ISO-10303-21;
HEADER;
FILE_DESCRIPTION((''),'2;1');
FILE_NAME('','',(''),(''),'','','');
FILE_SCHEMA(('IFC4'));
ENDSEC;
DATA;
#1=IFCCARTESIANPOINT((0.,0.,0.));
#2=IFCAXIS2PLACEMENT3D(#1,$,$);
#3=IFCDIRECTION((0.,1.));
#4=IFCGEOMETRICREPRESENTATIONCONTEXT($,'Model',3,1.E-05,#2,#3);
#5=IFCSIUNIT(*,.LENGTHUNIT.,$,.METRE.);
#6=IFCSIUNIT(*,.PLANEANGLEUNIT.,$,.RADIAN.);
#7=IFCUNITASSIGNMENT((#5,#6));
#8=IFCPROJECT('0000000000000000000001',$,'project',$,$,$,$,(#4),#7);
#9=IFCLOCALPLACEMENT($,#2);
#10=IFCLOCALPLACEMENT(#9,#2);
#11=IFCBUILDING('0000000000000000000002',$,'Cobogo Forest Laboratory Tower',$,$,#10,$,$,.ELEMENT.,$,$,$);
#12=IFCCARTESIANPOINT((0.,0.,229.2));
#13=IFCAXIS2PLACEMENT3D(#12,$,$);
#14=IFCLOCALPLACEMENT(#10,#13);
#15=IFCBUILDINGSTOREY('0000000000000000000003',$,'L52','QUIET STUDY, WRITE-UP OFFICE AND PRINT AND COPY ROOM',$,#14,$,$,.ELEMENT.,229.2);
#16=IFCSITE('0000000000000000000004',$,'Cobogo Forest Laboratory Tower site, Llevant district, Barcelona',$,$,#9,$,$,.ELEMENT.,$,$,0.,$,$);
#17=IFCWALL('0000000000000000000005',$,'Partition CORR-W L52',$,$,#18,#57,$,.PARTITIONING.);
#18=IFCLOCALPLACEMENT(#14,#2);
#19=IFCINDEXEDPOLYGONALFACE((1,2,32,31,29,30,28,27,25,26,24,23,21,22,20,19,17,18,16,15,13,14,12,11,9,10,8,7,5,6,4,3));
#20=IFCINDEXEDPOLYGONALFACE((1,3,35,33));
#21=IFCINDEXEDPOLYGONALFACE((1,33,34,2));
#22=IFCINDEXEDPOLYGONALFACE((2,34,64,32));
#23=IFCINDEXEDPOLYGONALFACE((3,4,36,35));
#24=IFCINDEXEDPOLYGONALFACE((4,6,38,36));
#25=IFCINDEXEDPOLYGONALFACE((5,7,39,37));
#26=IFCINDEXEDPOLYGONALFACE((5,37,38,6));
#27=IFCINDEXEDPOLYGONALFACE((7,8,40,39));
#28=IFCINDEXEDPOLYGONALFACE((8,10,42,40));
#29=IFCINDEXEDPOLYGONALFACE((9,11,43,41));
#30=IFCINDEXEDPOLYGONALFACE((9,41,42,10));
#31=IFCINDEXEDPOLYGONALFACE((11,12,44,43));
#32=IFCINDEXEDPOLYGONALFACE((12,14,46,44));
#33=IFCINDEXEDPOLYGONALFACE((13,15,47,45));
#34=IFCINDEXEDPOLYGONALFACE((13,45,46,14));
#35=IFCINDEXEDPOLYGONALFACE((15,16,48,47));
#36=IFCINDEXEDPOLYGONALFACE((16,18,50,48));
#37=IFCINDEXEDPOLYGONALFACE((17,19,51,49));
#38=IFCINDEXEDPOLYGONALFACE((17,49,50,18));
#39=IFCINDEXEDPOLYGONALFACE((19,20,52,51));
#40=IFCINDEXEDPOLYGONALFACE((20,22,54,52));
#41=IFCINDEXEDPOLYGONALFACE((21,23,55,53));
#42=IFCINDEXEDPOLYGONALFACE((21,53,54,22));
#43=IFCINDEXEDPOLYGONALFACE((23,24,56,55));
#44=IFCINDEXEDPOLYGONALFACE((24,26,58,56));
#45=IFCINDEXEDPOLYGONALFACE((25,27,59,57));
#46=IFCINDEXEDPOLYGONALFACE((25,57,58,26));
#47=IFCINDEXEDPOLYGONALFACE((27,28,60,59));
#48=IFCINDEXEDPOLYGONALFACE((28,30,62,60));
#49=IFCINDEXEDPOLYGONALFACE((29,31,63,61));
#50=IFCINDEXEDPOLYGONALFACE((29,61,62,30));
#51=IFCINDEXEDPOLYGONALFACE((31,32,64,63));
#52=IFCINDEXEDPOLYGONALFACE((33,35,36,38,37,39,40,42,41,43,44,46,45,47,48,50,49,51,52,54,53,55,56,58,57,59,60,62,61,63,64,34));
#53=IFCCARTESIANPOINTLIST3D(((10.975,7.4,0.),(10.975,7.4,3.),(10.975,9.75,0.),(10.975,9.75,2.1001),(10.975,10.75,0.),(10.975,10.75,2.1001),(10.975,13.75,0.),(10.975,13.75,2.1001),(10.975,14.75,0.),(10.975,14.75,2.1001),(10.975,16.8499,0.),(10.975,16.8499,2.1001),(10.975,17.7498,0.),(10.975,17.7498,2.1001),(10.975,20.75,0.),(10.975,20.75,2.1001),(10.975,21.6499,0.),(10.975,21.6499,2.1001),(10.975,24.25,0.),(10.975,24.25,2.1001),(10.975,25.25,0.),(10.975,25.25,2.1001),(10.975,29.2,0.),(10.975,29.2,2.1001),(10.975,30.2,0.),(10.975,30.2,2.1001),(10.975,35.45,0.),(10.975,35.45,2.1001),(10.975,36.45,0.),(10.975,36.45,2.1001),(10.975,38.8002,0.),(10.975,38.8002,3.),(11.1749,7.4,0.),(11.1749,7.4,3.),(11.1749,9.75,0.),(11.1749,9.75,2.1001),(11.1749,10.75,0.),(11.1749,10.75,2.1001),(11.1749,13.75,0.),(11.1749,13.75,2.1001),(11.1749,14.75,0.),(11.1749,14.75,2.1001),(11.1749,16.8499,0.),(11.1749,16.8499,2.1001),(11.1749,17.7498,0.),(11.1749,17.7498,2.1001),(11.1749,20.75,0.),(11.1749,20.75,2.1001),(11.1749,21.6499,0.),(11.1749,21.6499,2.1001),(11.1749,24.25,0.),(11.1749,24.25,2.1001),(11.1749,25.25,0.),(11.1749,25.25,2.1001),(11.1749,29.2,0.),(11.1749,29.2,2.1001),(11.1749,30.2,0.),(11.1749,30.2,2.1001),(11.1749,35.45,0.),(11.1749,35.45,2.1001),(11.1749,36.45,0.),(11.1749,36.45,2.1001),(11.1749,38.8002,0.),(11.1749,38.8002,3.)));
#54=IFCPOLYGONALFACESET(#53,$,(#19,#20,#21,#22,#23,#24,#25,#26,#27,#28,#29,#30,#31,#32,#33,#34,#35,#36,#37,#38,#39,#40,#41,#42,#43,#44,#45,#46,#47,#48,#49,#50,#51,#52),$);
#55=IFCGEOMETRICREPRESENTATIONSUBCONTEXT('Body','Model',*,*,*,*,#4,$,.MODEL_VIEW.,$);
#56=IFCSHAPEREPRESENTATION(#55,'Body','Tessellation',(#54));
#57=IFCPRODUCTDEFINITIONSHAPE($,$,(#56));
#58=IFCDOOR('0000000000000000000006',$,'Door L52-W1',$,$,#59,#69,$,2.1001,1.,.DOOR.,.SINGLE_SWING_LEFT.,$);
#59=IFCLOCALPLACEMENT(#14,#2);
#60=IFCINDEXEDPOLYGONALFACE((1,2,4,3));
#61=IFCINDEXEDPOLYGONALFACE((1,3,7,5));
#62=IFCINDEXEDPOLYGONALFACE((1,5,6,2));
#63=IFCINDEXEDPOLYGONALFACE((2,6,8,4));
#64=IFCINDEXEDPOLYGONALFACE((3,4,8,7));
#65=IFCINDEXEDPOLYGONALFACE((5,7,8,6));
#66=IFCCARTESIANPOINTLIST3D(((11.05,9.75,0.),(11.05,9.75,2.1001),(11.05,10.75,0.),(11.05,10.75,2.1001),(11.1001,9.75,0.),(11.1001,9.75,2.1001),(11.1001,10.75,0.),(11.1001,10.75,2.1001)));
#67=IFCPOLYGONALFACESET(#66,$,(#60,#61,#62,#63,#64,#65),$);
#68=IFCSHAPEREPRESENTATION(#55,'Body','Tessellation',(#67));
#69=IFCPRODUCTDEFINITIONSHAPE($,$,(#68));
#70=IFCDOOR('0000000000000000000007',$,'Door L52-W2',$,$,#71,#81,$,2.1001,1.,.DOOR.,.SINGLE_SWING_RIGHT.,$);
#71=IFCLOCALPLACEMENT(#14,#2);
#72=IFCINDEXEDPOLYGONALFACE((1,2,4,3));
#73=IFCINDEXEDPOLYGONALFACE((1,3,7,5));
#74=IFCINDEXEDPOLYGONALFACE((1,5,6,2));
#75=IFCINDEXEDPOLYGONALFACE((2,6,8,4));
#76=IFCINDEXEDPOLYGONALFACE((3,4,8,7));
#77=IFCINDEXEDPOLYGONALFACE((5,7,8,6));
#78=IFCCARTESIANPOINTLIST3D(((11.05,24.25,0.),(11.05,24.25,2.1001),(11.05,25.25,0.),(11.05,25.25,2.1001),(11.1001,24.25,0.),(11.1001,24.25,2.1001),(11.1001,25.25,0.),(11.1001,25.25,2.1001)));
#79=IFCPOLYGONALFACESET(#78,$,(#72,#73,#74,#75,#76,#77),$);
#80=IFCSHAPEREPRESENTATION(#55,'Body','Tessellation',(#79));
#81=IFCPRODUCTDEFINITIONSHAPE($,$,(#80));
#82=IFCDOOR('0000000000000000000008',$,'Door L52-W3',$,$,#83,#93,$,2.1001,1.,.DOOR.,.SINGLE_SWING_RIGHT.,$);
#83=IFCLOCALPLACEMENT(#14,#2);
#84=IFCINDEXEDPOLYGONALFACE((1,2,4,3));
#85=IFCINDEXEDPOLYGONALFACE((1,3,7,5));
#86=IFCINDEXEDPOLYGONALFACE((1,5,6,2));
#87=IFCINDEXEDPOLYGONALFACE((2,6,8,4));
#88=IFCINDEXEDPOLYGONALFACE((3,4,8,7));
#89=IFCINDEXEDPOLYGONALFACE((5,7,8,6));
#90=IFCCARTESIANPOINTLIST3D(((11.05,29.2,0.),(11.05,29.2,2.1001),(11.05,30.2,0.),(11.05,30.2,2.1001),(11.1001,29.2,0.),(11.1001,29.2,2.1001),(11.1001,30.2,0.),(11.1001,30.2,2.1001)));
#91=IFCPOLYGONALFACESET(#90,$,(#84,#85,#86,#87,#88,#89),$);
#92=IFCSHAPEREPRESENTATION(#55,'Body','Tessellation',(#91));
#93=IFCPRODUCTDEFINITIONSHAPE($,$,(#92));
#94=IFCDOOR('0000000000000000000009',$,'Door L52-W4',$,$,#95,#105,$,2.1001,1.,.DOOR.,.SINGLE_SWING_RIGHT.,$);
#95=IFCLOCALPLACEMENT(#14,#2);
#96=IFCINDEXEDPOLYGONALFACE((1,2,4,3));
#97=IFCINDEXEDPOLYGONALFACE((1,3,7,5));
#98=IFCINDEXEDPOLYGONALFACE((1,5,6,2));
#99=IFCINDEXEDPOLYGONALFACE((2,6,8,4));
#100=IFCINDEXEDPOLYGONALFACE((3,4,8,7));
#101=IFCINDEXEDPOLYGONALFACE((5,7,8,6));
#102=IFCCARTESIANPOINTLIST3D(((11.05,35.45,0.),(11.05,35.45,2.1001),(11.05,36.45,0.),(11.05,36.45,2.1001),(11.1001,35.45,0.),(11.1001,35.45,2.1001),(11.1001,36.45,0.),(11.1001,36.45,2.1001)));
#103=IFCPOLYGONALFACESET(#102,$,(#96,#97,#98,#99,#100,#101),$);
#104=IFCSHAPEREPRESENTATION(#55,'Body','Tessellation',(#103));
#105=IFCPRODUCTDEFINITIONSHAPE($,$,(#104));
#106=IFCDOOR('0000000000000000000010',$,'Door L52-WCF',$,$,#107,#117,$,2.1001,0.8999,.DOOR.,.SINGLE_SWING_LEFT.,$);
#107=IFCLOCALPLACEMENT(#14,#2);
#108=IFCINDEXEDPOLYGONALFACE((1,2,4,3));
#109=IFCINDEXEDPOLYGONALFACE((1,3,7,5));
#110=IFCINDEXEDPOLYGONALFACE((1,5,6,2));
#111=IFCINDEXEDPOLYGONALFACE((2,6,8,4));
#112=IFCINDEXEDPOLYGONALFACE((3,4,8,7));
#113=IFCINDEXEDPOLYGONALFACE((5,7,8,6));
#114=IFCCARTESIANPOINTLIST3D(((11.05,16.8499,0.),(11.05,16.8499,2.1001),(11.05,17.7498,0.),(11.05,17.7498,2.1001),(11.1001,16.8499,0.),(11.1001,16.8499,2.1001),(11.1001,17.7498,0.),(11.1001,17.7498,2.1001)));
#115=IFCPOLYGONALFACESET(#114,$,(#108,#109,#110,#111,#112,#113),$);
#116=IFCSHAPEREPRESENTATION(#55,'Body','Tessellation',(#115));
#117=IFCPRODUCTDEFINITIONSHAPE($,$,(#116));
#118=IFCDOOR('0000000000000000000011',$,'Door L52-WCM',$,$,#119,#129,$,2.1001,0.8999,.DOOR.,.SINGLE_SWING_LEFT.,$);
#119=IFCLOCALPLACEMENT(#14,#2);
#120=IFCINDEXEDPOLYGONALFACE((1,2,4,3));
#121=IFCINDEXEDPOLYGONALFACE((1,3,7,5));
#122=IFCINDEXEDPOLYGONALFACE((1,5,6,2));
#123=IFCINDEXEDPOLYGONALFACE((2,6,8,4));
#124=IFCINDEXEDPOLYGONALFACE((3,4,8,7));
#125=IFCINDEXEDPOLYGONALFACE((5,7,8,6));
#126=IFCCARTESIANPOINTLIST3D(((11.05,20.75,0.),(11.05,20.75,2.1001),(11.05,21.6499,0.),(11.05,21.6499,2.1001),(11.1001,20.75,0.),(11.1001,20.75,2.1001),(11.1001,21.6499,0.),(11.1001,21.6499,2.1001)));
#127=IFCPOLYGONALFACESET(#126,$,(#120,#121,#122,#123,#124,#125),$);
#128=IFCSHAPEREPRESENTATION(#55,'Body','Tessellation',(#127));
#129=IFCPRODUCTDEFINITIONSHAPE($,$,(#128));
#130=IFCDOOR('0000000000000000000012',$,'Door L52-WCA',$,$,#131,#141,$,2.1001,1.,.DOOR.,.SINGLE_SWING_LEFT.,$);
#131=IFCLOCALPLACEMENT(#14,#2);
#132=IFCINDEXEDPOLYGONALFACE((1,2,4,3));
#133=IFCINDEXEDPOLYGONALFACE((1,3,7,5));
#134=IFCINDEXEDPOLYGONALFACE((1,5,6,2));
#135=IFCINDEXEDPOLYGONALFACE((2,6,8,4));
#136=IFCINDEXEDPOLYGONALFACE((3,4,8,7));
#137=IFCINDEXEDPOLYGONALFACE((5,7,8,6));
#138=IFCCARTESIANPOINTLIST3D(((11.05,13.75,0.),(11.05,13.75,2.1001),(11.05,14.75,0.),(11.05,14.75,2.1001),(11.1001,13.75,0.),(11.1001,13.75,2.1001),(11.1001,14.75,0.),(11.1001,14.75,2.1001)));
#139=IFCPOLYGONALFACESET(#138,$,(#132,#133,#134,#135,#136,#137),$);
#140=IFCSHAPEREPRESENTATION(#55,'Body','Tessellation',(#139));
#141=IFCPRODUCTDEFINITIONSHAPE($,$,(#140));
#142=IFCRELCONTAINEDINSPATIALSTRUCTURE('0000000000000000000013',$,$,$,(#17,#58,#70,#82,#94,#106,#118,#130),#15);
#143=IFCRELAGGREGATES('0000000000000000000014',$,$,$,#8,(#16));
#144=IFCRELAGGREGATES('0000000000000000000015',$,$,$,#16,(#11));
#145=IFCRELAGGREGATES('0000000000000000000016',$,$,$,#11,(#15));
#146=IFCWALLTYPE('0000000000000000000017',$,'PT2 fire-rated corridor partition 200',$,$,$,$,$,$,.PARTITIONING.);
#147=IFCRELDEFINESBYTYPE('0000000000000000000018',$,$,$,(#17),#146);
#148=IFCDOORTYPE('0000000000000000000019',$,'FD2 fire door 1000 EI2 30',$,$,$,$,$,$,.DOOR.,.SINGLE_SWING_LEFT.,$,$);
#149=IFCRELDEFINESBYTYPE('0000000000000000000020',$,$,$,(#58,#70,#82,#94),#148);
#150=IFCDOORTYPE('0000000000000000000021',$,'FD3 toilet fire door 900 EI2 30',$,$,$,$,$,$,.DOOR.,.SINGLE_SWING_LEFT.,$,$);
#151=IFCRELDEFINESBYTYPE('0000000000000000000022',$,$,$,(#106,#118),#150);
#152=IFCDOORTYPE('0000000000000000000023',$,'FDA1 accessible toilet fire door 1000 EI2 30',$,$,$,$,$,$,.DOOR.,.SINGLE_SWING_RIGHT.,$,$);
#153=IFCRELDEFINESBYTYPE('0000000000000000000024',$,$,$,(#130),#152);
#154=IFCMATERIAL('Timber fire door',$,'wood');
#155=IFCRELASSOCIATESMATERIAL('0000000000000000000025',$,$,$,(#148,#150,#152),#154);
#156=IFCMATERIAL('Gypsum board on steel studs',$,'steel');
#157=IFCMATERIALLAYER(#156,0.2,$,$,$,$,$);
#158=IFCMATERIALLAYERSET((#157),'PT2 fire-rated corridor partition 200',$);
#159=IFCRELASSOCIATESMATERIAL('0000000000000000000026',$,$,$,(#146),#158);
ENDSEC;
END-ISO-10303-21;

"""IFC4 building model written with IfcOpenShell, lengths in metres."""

from ifc_helpers import new_model, si_unit, direction, frame, frame_2d, origin, place, context, subcontext, project, spatial, rectangle, extrude, material, layer, layer_set, type_object, element, fill, save


model = new_model("IFC4")

# Units and contexts
model_context = context("Model", 3, precision=1e-05, world=origin(), true_north=direction((0.0, 1.0)))
body_context = subcontext(model_context, "Body", "Model", "MODEL_VIEW")
ifc_project = project(units=[si_unit("LENGTHUNIT", "METRE"), si_unit("PLANEANGLEUNIT", "RADIAN")], contexts=[model_context])

# Site, building, storey
site_placement = place(None, origin())
site = spatial("IfcSite", under=ifc_project, at=site_placement, Name="Cobogo Forest Laboratory Tower site, Llevant district, Barcelona", CompositionType="ELEMENT", RefElevation=0.0)
building_placement = place(site_placement, origin())
building = spatial("IfcBuilding", under=site, at=building_placement, Name="Cobogo Forest Laboratory Tower", CompositionType="ELEMENT")
storey_placement = place(building_placement, frame((0.0, 0.0, 229.2)))
storey = spatial("IfcBuildingStorey", under=building, at=storey_placement, Name="L52", Description="QUIET STUDY, WRITE-UP OFFICE AND PRINT AND COPY ROOM", CompositionType="ELEMENT", Elevation=229.2)

# Shared definitions
ifc_material_1 = material(Name="Gypsum board on steel studs", Category="steel")
ifc_material_2 = material(Name="Timber fire door", Category="wood")
door_type_1 = type_object("IfcDoorType", Name="FD2 fire door 1000 EI2 30", OperationType="SINGLE_SWING_LEFT", PredefinedType="DOOR", material=ifc_material_2)

# Wall, openings, doors
ifc_layer_1 = layer(ifc_material_1, 0.2)
ifc_layer_set_1 = layer_set([ifc_layer_1], Name="PT2 fire-rated corridor partition 200")
wall_type_1 = type_object("IfcWallType", Name="PT2 fire-rated corridor partition 200", PredefinedType="PARTITIONING", material=ifc_layer_set_1)
wall_1_placement = place(storey_placement, frame((11.075, 7.3999, 0.0), z_axis=(0.0, 0.0, 1.0), x_axis=(0.0, 1.0, 0.0)))
wall_1 = element("IfcWall", 1, at=wall_1_placement, inside=storey, type_object=wall_type_1, Name="Partition CORR-W L52", PredefinedType="PARTITIONING", context=body_context, shape_type="SweptSolid", body=[
    extrude(rectangle(XDim=31.4001, YDim=0.2, at=frame_2d((15.7002, 0.0))), origin(), (0.0, 0.0, 1.0), 3.0),
])
opening_1_placement = place(wall_1_placement, frame((2.3501, 0.0, 0.0)))
opening_1 = element("IfcOpeningElement", 2, at=opening_1_placement, cuts=wall_1, PredefinedType="OPENING", context=body_context, shape_type="SweptSolid", body=[
    extrude(rectangle(XDim=1.0, YDim=2.1001, at=frame_2d((0.5, 1.05))), frame((0.0, 0.1099, 0.0), z_axis=(0.0, -1.0, 0.0), x_axis=(1.0, 0.0, 0.0)), (0.0, 0.0, 1.0), 0.22),
])
opening_2_placement = place(wall_1_placement, frame((6.3501, 0.0, 0.0)))
opening_2 = element("IfcOpeningElement", 3, at=opening_2_placement, cuts=wall_1, PredefinedType="OPENING", context=body_context, shape_type="SweptSolid", body=[
    extrude(rectangle(XDim=1.0, YDim=2.1001, at=frame_2d((0.5, 1.05))), frame((0.0, 0.1099, 0.0), z_axis=(0.0, -1.0, 0.0), x_axis=(1.0, 0.0, 0.0)), (0.0, 0.0, 1.0), 0.22),
])
opening_3_placement = place(wall_1_placement, frame((9.45, 0.0, 0.0)))
opening_3 = element("IfcOpeningElement", 4, at=opening_3_placement, cuts=wall_1, PredefinedType="OPENING", context=body_context, shape_type="SweptSolid", body=[
    extrude(rectangle(XDim=0.8999, YDim=2.1001, at=frame_2d((0.45, 1.05))), frame((0.0, 0.1099, 0.0), z_axis=(0.0, -1.0, 0.0), x_axis=(1.0, 0.0, 0.0)), (0.0, 0.0, 1.0), 0.22),
])
opening_4_placement = place(wall_1_placement, frame((13.3501, 0.0, 0.0)))
opening_4 = element("IfcOpeningElement", 5, at=opening_4_placement, cuts=wall_1, PredefinedType="OPENING", context=body_context, shape_type="SweptSolid", body=[
    extrude(rectangle(XDim=0.8999, YDim=2.1001, at=frame_2d((0.45, 1.05))), frame((0.0, 0.1099, 0.0), z_axis=(0.0, -1.0, 0.0), x_axis=(1.0, 0.0, 0.0)), (0.0, 0.0, 1.0), 0.22),
])
opening_5_placement = place(wall_1_placement, frame((16.8501, 0.0, 0.0)))
opening_5 = element("IfcOpeningElement", 6, at=opening_5_placement, cuts=wall_1, PredefinedType="OPENING", context=body_context, shape_type="SweptSolid", body=[
    extrude(rectangle(XDim=1.0, YDim=2.1001, at=frame_2d((0.5, 1.05))), frame((0.0, 0.1099, 0.0), z_axis=(0.0, -1.0, 0.0), x_axis=(1.0, 0.0, 0.0)), (0.0, 0.0, 1.0), 0.22),
])
opening_6_placement = place(wall_1_placement, frame((21.8, 0.0, 0.0)))
opening_6 = element("IfcOpeningElement", 7, at=opening_6_placement, cuts=wall_1, PredefinedType="OPENING", context=body_context, shape_type="SweptSolid", body=[
    extrude(rectangle(XDim=1.0, YDim=2.1001, at=frame_2d((0.5, 1.05))), frame((0.0, 0.1099, 0.0), z_axis=(0.0, -1.0, 0.0), x_axis=(1.0, 0.0, 0.0)), (0.0, 0.0, 1.0), 0.22),
])
opening_7_placement = place(wall_1_placement, frame((28.05, 0.0, 0.0)))
opening_7 = element("IfcOpeningElement", 8, at=opening_7_placement, cuts=wall_1, PredefinedType="OPENING", context=body_context, shape_type="SweptSolid", body=[
    extrude(rectangle(XDim=1.0, YDim=2.1001, at=frame_2d((0.5, 1.05))), frame((0.0, 0.1099, 0.0), z_axis=(0.0, -1.0, 0.0), x_axis=(1.0, 0.0, 0.0)), (0.0, 0.0, 1.0), 0.22),
])
door_1_placement = place(opening_1_placement, origin())
door_1 = element("IfcDoor", 9, at=door_1_placement, inside=storey, type_object=door_type_1, Name="Door L52-W1", OperationType="SINGLE_SWING_LEFT", OverallHeight=2.1001, OverallWidth=1.0, PredefinedType="DOOR", context=body_context, shape_type="SweptSolid", body=[
    extrude(rectangle(XDim=1.0, YDim=2.1001, at=frame_2d((0.5, 1.05))), frame((0.0, 0.0249, 0.0), z_axis=(0.0, -1.0, 0.0), x_axis=(1.0, 0.0, 0.0)), (0.0, 0.0, 1.0), 0.05),
])
fill(opening_1, door_1)
door_2_placement = place(opening_5_placement, origin())
door_2 = element("IfcDoor", 10, at=door_2_placement, inside=storey, type_object=door_type_1, Name="Door L52-W2", OperationType="SINGLE_SWING_RIGHT", OverallHeight=2.1001, OverallWidth=1.0, PredefinedType="DOOR", context=body_context, shape_type="SweptSolid", body=[
    extrude(rectangle(XDim=1.0, YDim=2.1001, at=frame_2d((0.5, 1.05))), frame((0.0, 0.0249, 0.0), z_axis=(0.0, -1.0, 0.0), x_axis=(1.0, 0.0, 0.0)), (0.0, 0.0, 1.0), 0.05),
])
fill(opening_5, door_2)
door_3_placement = place(opening_6_placement, origin())
door_3 = element("IfcDoor", 11, at=door_3_placement, inside=storey, type_object=door_type_1, Name="Door L52-W3", OperationType="SINGLE_SWING_RIGHT", OverallHeight=2.1001, OverallWidth=1.0, PredefinedType="DOOR", context=body_context, shape_type="SweptSolid", body=[
    extrude(rectangle(XDim=1.0, YDim=2.1001, at=frame_2d((0.5, 1.05))), frame((0.0, 0.0249, 0.0), z_axis=(0.0, -1.0, 0.0), x_axis=(1.0, 0.0, 0.0)), (0.0, 0.0, 1.0), 0.05),
])
fill(opening_6, door_3)
door_4_placement = place(opening_7_placement, origin())
door_4 = element("IfcDoor", 12, at=door_4_placement, inside=storey, type_object=door_type_1, Name="Door L52-W4", OperationType="SINGLE_SWING_RIGHT", OverallHeight=2.1001, OverallWidth=1.0, PredefinedType="DOOR", context=body_context, shape_type="SweptSolid", body=[
    extrude(rectangle(XDim=1.0, YDim=2.1001, at=frame_2d((0.5, 1.05))), frame((0.0, 0.0249, 0.0), z_axis=(0.0, -1.0, 0.0), x_axis=(1.0, 0.0, 0.0)), (0.0, 0.0, 1.0), 0.05),
])
fill(opening_7, door_4)
door_type_2 = type_object("IfcDoorType", Name="FD3 toilet fire door 900 EI2 30", OperationType="SINGLE_SWING_LEFT", PredefinedType="DOOR", material=ifc_material_2)
door_5_placement = place(opening_3_placement, origin())
door_5 = element("IfcDoor", 13, at=door_5_placement, inside=storey, type_object=door_type_2, Name="Door L52-WCF", OperationType="SINGLE_SWING_LEFT", OverallHeight=2.1001, OverallWidth=0.8999, PredefinedType="DOOR", context=body_context, shape_type="SweptSolid", body=[
    extrude(rectangle(XDim=0.8999, YDim=2.1001, at=frame_2d((0.45, 1.05))), frame((0.0, 0.0249, 0.0), z_axis=(0.0, -1.0, 0.0), x_axis=(1.0, 0.0, 0.0)), (0.0, 0.0, 1.0), 0.05),
])
fill(opening_3, door_5)
door_6_placement = place(opening_4_placement, origin())
door_6 = element("IfcDoor", 14, at=door_6_placement, inside=storey, type_object=door_type_2, Name="Door L52-WCM", OperationType="SINGLE_SWING_LEFT", OverallHeight=2.1001, OverallWidth=0.8999, PredefinedType="DOOR", context=body_context, shape_type="SweptSolid", body=[
    extrude(rectangle(XDim=0.8999, YDim=2.1001, at=frame_2d((0.45, 1.05))), frame((0.0, 0.0249, 0.0), z_axis=(0.0, -1.0, 0.0), x_axis=(1.0, 0.0, 0.0)), (0.0, 0.0, 1.0), 0.05),
])
fill(opening_4, door_6)
door_type_3 = type_object("IfcDoorType", Name="FDA1 accessible toilet fire door 1000 EI2 30", OperationType="SINGLE_SWING_RIGHT", PredefinedType="DOOR", material=ifc_material_2)
door_7_placement = place(opening_2_placement, origin())
door_7 = element("IfcDoor", 15, at=door_7_placement, inside=storey, type_object=door_type_3, Name="Door L52-WCA", OperationType="SINGLE_SWING_LEFT", OverallHeight=2.1001, OverallWidth=1.0, PredefinedType="DOOR", context=body_context, shape_type="SweptSolid", body=[
    extrude(rectangle(XDim=1.0, YDim=2.1001, at=frame_2d((0.5, 1.05))), frame((0.0, 0.0249, 0.0), z_axis=(0.0, -1.0, 0.0), x_axis=(1.0, 0.0, 0.0)), (0.0, 0.0, 1.0), 0.05),
])
fill(opening_2, door_7)

save(model, "model.ifc")
